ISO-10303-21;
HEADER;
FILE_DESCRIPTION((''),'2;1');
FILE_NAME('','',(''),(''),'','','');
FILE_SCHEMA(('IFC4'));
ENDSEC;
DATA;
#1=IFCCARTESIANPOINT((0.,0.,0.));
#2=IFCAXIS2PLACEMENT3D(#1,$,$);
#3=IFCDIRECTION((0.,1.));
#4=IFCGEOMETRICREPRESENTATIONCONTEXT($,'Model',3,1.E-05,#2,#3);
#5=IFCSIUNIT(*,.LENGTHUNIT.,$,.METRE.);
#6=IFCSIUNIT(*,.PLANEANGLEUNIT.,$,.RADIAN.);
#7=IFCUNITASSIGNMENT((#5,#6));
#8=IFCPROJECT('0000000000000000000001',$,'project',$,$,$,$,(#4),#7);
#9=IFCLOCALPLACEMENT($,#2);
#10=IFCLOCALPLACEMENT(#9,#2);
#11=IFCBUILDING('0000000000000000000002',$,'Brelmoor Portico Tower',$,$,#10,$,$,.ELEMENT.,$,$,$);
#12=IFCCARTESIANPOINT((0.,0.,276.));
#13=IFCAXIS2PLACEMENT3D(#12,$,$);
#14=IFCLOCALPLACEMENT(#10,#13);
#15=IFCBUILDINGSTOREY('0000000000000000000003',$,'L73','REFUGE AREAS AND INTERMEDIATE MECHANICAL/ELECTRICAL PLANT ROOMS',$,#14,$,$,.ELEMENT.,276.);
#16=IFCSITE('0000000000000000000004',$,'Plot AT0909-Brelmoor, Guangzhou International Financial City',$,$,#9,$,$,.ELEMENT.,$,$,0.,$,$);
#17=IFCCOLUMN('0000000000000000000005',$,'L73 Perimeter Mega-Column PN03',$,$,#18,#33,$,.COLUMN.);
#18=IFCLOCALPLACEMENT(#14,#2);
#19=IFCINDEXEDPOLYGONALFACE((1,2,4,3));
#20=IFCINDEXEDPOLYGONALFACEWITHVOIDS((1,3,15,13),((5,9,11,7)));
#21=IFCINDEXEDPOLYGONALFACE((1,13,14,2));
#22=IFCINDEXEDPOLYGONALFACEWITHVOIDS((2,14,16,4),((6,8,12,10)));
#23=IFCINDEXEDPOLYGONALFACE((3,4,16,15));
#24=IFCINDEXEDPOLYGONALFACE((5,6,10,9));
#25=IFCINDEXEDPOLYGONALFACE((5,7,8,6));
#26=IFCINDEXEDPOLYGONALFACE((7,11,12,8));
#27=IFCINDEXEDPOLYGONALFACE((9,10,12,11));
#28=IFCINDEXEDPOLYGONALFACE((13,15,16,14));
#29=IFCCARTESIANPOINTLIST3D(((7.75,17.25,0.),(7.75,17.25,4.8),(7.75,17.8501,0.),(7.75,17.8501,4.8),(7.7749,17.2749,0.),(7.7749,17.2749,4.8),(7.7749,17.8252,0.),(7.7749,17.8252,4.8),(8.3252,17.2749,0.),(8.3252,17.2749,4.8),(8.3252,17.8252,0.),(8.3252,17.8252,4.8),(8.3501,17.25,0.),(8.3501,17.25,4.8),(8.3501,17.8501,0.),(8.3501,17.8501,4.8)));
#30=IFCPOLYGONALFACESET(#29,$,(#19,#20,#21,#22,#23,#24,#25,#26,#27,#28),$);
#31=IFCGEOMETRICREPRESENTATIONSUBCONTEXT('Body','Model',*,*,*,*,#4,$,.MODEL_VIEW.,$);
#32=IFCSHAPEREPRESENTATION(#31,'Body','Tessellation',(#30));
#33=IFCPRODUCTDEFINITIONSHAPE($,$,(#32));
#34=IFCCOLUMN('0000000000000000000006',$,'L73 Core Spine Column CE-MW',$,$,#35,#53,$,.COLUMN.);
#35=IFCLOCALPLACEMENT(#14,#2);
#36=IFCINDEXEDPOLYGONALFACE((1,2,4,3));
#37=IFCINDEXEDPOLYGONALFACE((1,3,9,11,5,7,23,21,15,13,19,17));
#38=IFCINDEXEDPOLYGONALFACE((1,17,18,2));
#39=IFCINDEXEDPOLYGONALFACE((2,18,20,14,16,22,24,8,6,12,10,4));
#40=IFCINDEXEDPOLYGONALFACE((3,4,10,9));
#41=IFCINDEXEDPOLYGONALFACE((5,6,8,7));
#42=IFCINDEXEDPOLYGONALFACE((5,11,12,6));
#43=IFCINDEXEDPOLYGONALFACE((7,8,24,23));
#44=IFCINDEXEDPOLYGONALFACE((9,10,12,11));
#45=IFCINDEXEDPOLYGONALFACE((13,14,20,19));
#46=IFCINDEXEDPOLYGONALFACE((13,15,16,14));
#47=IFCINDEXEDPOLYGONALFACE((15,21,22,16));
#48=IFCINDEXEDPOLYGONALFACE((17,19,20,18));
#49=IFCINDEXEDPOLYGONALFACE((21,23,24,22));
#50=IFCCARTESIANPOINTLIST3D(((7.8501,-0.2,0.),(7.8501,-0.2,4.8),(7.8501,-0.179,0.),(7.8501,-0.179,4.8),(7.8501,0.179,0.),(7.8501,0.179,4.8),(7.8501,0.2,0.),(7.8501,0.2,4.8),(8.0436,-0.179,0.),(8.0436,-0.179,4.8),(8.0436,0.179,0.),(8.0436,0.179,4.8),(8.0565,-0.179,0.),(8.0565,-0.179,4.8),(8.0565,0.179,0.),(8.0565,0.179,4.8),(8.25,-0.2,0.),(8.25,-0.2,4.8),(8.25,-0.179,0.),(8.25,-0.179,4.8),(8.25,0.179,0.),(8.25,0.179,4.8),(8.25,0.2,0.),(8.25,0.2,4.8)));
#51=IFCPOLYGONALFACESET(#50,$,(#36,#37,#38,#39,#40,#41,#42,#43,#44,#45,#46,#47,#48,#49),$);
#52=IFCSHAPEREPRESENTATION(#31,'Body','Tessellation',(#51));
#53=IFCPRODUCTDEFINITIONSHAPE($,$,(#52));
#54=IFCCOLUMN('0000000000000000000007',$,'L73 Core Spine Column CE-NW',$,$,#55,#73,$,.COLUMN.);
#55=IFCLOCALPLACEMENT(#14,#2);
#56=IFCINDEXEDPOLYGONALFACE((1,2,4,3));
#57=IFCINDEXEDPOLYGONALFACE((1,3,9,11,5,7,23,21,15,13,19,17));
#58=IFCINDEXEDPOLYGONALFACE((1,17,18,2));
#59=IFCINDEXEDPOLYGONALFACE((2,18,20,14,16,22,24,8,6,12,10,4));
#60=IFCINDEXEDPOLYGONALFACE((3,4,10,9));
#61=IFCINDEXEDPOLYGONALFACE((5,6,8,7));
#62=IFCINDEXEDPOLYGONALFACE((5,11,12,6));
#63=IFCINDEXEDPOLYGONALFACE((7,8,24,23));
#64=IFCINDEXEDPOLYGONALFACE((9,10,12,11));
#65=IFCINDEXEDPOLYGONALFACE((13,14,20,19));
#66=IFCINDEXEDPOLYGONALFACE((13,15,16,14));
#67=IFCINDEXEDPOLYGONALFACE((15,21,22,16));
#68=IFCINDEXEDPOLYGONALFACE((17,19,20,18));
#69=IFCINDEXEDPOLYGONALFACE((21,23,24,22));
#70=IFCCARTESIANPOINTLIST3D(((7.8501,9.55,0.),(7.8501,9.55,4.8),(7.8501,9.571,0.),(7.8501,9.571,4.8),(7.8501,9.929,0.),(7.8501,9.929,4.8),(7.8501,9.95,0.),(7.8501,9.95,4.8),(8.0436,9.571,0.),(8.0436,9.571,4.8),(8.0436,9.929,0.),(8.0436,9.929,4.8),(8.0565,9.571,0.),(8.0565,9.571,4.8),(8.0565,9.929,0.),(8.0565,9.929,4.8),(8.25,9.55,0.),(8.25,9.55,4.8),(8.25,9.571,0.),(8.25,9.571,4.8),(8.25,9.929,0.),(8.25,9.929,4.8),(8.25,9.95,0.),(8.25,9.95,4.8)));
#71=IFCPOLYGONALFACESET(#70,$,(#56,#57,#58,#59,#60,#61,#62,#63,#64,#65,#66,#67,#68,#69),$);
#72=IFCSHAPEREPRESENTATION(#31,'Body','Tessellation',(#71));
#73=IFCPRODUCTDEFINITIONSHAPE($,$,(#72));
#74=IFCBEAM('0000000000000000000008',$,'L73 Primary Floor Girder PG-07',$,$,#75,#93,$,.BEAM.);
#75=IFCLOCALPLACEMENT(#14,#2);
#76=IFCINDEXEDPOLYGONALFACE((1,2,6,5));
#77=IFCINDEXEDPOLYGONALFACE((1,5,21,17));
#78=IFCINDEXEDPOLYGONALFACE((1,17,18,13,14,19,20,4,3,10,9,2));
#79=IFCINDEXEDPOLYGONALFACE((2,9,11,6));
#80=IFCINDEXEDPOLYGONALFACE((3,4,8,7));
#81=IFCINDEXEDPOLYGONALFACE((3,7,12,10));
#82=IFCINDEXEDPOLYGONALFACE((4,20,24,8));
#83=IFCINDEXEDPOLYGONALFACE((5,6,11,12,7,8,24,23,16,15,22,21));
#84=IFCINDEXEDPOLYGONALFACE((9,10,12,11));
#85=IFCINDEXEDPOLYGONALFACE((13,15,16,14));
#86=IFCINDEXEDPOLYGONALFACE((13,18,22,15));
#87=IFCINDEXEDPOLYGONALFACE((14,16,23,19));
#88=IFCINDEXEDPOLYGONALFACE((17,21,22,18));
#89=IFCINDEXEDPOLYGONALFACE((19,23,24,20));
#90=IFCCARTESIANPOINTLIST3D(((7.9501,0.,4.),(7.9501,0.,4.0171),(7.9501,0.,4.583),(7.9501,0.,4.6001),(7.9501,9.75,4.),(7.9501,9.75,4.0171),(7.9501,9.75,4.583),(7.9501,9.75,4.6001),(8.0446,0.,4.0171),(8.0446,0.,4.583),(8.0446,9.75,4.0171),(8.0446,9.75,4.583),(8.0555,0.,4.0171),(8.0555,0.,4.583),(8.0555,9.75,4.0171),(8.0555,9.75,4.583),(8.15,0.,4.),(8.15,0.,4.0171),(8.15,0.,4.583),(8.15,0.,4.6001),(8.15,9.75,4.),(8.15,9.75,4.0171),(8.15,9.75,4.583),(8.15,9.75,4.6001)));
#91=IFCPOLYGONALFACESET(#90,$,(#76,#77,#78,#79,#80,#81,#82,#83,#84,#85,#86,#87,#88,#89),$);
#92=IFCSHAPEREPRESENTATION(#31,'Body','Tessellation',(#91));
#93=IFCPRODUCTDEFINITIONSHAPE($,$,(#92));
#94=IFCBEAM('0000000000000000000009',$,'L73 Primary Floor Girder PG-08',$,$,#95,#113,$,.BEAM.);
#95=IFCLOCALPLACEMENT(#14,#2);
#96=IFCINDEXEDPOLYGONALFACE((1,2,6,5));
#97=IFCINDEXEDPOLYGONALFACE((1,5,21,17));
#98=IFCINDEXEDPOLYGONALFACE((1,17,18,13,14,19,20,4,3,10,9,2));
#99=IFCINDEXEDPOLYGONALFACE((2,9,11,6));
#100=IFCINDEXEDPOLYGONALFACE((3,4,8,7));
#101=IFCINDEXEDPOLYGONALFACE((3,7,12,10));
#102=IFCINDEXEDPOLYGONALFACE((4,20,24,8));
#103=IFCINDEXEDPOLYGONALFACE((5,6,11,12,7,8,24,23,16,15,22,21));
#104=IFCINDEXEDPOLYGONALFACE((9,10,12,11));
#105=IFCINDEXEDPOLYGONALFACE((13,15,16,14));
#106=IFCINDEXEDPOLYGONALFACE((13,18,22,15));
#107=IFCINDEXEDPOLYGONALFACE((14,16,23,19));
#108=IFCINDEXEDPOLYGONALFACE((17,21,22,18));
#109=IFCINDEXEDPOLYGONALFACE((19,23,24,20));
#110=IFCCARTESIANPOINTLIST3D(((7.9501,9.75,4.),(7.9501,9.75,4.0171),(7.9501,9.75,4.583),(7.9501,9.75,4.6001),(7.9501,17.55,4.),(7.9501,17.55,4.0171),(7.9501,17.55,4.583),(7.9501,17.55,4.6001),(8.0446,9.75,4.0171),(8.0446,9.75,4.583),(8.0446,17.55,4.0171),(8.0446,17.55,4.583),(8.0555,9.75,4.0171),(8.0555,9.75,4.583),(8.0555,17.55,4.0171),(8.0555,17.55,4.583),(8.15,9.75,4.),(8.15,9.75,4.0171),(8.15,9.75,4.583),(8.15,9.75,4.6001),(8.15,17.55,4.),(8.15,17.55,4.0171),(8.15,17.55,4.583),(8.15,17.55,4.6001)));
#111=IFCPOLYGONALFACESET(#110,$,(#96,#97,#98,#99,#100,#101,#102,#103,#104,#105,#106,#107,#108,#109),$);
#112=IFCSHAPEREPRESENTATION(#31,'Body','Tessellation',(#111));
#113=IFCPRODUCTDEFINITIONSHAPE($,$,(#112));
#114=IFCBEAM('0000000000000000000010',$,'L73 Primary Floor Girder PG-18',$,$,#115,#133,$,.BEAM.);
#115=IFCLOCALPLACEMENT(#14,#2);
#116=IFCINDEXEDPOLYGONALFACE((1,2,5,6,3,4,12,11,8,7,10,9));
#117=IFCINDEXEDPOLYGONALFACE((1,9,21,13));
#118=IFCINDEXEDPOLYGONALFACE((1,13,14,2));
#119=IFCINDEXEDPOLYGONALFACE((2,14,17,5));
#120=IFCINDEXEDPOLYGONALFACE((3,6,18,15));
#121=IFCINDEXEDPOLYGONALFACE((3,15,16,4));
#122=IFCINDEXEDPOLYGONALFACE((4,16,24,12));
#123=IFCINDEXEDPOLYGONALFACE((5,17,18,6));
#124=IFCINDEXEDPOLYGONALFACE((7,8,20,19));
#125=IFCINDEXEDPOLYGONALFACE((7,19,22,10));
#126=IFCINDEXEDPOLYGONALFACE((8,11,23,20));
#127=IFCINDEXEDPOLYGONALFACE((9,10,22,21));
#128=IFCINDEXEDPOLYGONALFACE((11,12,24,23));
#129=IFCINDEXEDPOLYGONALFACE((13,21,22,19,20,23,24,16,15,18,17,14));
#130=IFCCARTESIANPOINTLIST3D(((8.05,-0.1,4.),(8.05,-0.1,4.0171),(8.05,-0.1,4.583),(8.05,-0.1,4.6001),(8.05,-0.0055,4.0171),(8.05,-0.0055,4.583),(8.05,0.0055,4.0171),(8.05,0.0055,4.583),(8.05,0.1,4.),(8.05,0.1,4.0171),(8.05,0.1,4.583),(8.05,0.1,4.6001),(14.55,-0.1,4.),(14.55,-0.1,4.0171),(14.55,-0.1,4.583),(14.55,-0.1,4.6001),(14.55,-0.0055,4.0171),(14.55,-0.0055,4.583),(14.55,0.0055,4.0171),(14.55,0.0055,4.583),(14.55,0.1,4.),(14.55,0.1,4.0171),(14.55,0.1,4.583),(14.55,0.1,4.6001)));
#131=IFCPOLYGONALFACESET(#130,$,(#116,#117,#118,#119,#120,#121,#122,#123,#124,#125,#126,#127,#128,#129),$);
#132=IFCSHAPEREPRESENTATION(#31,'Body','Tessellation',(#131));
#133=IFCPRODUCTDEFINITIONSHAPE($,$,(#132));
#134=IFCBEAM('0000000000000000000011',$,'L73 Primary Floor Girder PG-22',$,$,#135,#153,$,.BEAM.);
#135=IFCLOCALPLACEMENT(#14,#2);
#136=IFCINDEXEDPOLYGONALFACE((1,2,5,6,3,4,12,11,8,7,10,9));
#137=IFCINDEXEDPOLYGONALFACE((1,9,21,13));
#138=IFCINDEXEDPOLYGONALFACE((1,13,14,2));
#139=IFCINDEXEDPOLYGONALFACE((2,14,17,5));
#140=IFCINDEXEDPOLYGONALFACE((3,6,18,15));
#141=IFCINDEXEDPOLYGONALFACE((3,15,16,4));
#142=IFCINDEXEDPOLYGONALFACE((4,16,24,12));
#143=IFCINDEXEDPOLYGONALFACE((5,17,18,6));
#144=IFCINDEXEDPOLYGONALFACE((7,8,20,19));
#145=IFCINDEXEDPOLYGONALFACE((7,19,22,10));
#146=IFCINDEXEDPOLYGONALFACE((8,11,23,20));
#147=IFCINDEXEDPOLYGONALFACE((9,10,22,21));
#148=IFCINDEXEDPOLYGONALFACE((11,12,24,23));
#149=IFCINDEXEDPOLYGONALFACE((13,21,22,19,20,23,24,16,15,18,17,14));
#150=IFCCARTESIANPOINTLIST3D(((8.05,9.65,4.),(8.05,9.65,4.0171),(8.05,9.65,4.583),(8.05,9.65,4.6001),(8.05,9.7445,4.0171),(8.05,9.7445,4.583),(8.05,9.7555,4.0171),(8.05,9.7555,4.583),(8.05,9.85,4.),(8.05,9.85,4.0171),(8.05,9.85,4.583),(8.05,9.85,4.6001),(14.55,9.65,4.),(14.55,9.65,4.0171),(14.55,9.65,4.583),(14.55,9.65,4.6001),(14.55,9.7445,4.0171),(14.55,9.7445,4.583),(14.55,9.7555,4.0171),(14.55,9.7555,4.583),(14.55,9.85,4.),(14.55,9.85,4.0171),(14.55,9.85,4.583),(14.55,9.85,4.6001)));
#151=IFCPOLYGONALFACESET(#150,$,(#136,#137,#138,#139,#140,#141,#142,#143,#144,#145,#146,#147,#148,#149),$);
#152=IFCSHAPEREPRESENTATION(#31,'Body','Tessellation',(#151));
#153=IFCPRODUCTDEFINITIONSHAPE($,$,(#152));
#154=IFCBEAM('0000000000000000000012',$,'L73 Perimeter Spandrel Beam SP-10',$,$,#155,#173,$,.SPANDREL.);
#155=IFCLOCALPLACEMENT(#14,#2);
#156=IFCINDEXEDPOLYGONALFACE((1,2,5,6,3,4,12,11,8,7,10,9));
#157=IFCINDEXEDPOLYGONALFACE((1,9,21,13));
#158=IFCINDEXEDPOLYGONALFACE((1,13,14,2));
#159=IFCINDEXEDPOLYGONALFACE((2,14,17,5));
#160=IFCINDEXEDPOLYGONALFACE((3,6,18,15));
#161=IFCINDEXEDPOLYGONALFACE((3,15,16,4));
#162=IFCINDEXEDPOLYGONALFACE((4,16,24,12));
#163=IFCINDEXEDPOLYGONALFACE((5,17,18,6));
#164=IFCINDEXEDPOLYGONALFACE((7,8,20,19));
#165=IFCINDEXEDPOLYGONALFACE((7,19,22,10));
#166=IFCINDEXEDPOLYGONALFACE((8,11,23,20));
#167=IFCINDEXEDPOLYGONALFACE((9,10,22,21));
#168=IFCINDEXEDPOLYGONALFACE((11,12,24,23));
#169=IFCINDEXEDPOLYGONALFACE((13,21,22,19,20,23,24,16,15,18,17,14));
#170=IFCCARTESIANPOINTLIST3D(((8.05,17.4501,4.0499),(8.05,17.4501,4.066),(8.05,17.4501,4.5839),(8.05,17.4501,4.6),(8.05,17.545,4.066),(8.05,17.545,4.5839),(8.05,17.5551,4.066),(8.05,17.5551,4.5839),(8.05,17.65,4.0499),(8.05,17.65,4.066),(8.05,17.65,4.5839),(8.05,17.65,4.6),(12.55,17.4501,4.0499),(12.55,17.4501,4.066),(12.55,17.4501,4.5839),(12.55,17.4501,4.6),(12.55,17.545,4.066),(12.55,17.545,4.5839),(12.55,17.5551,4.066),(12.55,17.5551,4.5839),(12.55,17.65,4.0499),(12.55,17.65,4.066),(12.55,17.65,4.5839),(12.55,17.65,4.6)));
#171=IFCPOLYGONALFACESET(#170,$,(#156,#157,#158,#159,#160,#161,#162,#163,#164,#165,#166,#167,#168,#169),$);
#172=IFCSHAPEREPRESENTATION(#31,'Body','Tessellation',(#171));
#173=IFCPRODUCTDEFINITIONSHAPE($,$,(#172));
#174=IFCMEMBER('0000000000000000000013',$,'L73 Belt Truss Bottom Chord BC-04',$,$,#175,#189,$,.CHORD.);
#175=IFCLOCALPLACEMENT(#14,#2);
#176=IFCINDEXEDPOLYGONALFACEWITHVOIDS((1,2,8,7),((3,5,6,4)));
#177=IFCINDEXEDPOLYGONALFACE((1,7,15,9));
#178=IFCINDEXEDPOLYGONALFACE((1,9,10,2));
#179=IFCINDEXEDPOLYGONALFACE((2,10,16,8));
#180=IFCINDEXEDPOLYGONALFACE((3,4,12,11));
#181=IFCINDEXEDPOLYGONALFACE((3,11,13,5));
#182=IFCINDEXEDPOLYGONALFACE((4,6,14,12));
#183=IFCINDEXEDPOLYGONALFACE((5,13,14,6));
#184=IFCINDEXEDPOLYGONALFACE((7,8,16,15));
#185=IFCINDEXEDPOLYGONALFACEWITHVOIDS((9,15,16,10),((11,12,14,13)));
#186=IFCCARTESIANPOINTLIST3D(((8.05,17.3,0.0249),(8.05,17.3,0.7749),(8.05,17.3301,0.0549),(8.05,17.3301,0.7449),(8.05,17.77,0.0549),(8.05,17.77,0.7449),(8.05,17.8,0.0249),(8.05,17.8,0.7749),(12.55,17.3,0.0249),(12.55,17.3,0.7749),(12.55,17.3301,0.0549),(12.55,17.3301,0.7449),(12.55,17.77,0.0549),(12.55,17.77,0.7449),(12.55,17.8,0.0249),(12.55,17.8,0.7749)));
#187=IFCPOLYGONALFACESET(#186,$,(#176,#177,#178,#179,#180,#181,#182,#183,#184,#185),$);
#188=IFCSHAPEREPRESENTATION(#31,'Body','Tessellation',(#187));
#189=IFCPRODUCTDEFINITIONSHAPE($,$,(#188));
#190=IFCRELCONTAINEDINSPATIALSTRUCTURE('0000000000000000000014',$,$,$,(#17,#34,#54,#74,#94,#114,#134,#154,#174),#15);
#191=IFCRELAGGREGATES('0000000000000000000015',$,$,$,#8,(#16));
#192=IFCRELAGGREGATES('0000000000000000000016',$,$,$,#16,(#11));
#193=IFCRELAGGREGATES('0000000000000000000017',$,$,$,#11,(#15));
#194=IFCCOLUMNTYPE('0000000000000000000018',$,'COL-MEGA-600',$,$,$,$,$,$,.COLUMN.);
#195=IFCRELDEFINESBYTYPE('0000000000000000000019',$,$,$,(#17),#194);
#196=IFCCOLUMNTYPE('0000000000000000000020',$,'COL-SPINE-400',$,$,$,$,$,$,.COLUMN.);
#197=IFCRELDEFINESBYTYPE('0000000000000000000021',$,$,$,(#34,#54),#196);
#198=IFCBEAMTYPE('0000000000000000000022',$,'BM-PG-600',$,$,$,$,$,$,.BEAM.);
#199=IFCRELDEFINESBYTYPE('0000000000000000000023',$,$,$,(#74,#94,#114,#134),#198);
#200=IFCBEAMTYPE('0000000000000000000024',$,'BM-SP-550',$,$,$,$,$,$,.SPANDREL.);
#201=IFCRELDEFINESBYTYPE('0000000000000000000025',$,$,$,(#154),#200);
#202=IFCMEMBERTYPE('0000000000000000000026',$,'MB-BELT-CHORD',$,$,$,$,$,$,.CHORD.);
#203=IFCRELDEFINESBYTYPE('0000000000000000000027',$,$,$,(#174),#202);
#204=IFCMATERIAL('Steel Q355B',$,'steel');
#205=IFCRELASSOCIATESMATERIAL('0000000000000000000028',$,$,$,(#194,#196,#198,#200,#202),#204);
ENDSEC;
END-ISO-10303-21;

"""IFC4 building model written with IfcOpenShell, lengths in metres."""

from ifc_helpers import new_model, si_unit, direction, frame, origin, origin_2d, place, context, subcontext, project, spatial, hollow_rectangle, i_section, extrude, material, material_profile, profile_set, type_object, element, save


model = new_model("IFC4")

# Units and contexts
model_context = context("Model", 3, precision=1e-05, world=origin(), true_north=direction((0.0, 1.0)))
body_context = subcontext(model_context, "Body", "Model", "MODEL_VIEW")
ifc_project = project(units=[si_unit("LENGTHUNIT", "METRE"), si_unit("PLANEANGLEUNIT", "RADIAN")], contexts=[model_context])

# Site, building, storey
site_placement = place(None, origin())
site = spatial("IfcSite", under=ifc_project, at=site_placement, Name="Plot AT0909-Brelmoor, Guangzhou International Financial City", CompositionType="ELEMENT", RefElevation=0.0)
building_placement = place(site_placement, origin())
building = spatial("IfcBuilding", under=site, at=building_placement, Name="Brelmoor Portico Tower", CompositionType="ELEMENT")
storey_placement = place(building_placement, frame((0.0, 0.0, 276.0)))
storey = spatial("IfcBuildingStorey", under=building, at=storey_placement, Name="L73", Description="REFUGE AREAS AND INTERMEDIATE MECHANICAL/ELECTRICAL PLANT ROOMS", CompositionType="ELEMENT", Elevation=276.0)

# Columns
ifc_material_1 = material(Name="Steel Q355B", Category="steel")
ifc_material_profile_1 = material_profile(ifc_material_1, hollow_rectangle(XDim=0.6001, YDim=0.6001, WallThickness=0.0249, at=origin_2d()), Name="BOX 600x600x25")
ifc_profile_set_1 = profile_set([ifc_material_profile_1], Name="Steel Q355B")
column_type_1 = type_object("IfcColumnType", Name="COL-MEGA-600", PredefinedType="COLUMN", material=ifc_profile_set_1)
column_placement = place(storey_placement, frame((8.05, 17.55, 0.0), z_axis=(0.0, 0.0, 1.0), x_axis=(1.0, 0.0, 0.0)))
element("IfcColumn", 1, at=column_placement, inside=storey, type_object=column_type_1, Name="L73 Perimeter Mega-Column PN03", PredefinedType="COLUMN", context=body_context, shape_type="SweptSolid", body=[
    extrude(hollow_rectangle(XDim=0.6001, YDim=0.6001, WallThickness=0.0249, at=origin_2d()), origin(), (0.0, 0.0, 1.0), 4.8),
])
ifc_material_profile_2 = material_profile(ifc_material_1, i_section(OverallWidth=0.3999, OverallDepth=0.3999, WebThickness=0.0129, FlangeThickness=0.021, at=origin_2d()), Name="HW 400x400x13x21")
ifc_profile_set_2 = profile_set([ifc_material_profile_2], Name="Steel Q355B")
column_type_2 = type_object("IfcColumnType", Name="COL-SPINE-400", PredefinedType="COLUMN", material=ifc_profile_set_2)
for number, where, z_axis, x_axis, name in (
    (2, (8.05, 0.0, 0.0), (0.0, 0.0, 1.0), (1.0, 0.0, 0.0), "L73 Core Spine Column CE-MW"),
    (3, (8.05, 9.75, 0.0), (0.0, 0.0, 1.0), (1.0, 0.0, 0.0), "L73 Core Spine Column CE-NW"),
):
    element("IfcColumn", number, at=place(storey_placement, frame(where, z_axis=z_axis, x_axis=x_axis)), inside=storey, type_object=column_type_2, Name=name, PredefinedType="COLUMN", context=body_context, shape_type="SweptSolid", body=[
        extrude(i_section(OverallWidth=0.3999, OverallDepth=0.3999, WebThickness=0.0129, FlangeThickness=0.021, at=origin_2d()), origin(), (0.0, 0.0, 1.0), 4.8),
    ])

# Beams
ifc_material_profile_3 = material_profile(ifc_material_1, i_section(OverallWidth=0.2, OverallDepth=0.6001, WebThickness=0.011, FlangeThickness=0.0171, at=origin_2d()), Name="HN 600x200x11x17")
ifc_profile_set_3 = profile_set([ifc_material_profile_3], Name="Steel Q355B")
beam_type_1 = type_object("IfcBeamType", Name="BM-PG-600", PredefinedType="BEAM", material=ifc_profile_set_3)
beam_1_placement = place(storey_placement, frame((8.05, 0.0, 4.3), z_axis=(0.0, 1.0, 0.0), x_axis=(-1.0, 0.0, 0.0)))
element("IfcBeam", 4, at=beam_1_placement, inside=storey, type_object=beam_type_1, Name="L73 Primary Floor Girder PG-07", PredefinedType="BEAM", context=body_context, shape_type="SweptSolid", body=[
    extrude(i_section(OverallWidth=0.2, OverallDepth=0.6001, WebThickness=0.011, FlangeThickness=0.0171, at=origin_2d()), origin(), (0.0, 0.0, 1.0), 9.75),
])
beam_2_placement = place(storey_placement, frame((8.05, 9.75, 4.3), z_axis=(0.0, 1.0, 0.0), x_axis=(-1.0, 0.0, 0.0)))
element("IfcBeam", 5, at=beam_2_placement, inside=storey, type_object=beam_type_1, Name="L73 Primary Floor Girder PG-08", PredefinedType="BEAM", context=body_context, shape_type="SweptSolid", body=[
    extrude(i_section(OverallWidth=0.2, OverallDepth=0.6001, WebThickness=0.011, FlangeThickness=0.0171, at=origin_2d()), origin(), (0.0, 0.0, 1.0), 7.8),
])
for number, where, z_axis, x_axis, name in (
    (6, (8.05, 0.0, 4.3), (1.0, 0.0, 0.0), (0.0, 1.0, 0.0), "L73 Primary Floor Girder PG-18"),
    (7, (8.05, 9.75, 4.3), (1.0, 0.0, 0.0), (0.0, 1.0, 0.0), "L73 Primary Floor Girder PG-22"),
):
    element("IfcBeam", number, at=place(storey_placement, frame(where, z_axis=z_axis, x_axis=x_axis)), inside=storey, type_object=beam_type_1, Name=name, PredefinedType="BEAM", context=body_context, shape_type="SweptSolid", body=[
        extrude(i_section(OverallWidth=0.2, OverallDepth=0.6001, WebThickness=0.011, FlangeThickness=0.0171, at=origin_2d()), origin(), (0.0, 0.0, 1.0), 6.5),
    ])
ifc_material_profile_4 = material_profile(ifc_material_1, i_section(OverallWidth=0.2, OverallDepth=0.55, WebThickness=0.01, FlangeThickness=0.0161, at=origin_2d()), Name="HN 550x200x10x16")
ifc_profile_set_4 = profile_set([ifc_material_profile_4], Name="Steel Q355B")
beam_type_2 = type_object("IfcBeamType", Name="BM-SP-550", PredefinedType="SPANDREL", material=ifc_profile_set_4)
beam_3_placement = place(storey_placement, frame((8.05, 17.55, 4.325), z_axis=(1.0, 0.0, 0.0), x_axis=(0.0, 1.0, 0.0)))
element("IfcBeam", 8, at=beam_3_placement, inside=storey, type_object=beam_type_2, Name="L73 Perimeter Spandrel Beam SP-10", PredefinedType="SPANDREL", context=body_context, shape_type="SweptSolid", body=[
    extrude(i_section(OverallWidth=0.2, OverallDepth=0.55, WebThickness=0.01, FlangeThickness=0.0161, at=origin_2d()), origin(), (0.0, 0.0, 1.0), 4.5),
])

# Member
ifc_material_profile_5 = material_profile(ifc_material_1, hollow_rectangle(XDim=0.5, YDim=0.75, WallThickness=0.03, at=origin_2d()), Name="RHS 500x750x30")
ifc_profile_set_5 = profile_set([ifc_material_profile_5], Name="Steel Q355B")
member_type_1 = type_object("IfcMemberType", Name="MB-BELT-CHORD", PredefinedType="CHORD", material=ifc_profile_set_5)
member_1_placement = place(storey_placement, frame((8.05, 17.55, 0.3999), z_axis=(1.0, 0.0, 0.0), x_axis=(0.0, 1.0, 0.0)))
element("IfcMember", 9, at=member_1_placement, inside=storey, type_object=member_type_1, Name="L73 Belt Truss Bottom Chord BC-04", PredefinedType="CHORD", context=body_context, shape_type="SweptSolid", body=[
    extrude(hollow_rectangle(XDim=0.5, YDim=0.75, WallThickness=0.03, at=origin_2d()), origin(), (0.0, 0.0, 1.0), 4.5),
])

save(model, "model.ifc")
